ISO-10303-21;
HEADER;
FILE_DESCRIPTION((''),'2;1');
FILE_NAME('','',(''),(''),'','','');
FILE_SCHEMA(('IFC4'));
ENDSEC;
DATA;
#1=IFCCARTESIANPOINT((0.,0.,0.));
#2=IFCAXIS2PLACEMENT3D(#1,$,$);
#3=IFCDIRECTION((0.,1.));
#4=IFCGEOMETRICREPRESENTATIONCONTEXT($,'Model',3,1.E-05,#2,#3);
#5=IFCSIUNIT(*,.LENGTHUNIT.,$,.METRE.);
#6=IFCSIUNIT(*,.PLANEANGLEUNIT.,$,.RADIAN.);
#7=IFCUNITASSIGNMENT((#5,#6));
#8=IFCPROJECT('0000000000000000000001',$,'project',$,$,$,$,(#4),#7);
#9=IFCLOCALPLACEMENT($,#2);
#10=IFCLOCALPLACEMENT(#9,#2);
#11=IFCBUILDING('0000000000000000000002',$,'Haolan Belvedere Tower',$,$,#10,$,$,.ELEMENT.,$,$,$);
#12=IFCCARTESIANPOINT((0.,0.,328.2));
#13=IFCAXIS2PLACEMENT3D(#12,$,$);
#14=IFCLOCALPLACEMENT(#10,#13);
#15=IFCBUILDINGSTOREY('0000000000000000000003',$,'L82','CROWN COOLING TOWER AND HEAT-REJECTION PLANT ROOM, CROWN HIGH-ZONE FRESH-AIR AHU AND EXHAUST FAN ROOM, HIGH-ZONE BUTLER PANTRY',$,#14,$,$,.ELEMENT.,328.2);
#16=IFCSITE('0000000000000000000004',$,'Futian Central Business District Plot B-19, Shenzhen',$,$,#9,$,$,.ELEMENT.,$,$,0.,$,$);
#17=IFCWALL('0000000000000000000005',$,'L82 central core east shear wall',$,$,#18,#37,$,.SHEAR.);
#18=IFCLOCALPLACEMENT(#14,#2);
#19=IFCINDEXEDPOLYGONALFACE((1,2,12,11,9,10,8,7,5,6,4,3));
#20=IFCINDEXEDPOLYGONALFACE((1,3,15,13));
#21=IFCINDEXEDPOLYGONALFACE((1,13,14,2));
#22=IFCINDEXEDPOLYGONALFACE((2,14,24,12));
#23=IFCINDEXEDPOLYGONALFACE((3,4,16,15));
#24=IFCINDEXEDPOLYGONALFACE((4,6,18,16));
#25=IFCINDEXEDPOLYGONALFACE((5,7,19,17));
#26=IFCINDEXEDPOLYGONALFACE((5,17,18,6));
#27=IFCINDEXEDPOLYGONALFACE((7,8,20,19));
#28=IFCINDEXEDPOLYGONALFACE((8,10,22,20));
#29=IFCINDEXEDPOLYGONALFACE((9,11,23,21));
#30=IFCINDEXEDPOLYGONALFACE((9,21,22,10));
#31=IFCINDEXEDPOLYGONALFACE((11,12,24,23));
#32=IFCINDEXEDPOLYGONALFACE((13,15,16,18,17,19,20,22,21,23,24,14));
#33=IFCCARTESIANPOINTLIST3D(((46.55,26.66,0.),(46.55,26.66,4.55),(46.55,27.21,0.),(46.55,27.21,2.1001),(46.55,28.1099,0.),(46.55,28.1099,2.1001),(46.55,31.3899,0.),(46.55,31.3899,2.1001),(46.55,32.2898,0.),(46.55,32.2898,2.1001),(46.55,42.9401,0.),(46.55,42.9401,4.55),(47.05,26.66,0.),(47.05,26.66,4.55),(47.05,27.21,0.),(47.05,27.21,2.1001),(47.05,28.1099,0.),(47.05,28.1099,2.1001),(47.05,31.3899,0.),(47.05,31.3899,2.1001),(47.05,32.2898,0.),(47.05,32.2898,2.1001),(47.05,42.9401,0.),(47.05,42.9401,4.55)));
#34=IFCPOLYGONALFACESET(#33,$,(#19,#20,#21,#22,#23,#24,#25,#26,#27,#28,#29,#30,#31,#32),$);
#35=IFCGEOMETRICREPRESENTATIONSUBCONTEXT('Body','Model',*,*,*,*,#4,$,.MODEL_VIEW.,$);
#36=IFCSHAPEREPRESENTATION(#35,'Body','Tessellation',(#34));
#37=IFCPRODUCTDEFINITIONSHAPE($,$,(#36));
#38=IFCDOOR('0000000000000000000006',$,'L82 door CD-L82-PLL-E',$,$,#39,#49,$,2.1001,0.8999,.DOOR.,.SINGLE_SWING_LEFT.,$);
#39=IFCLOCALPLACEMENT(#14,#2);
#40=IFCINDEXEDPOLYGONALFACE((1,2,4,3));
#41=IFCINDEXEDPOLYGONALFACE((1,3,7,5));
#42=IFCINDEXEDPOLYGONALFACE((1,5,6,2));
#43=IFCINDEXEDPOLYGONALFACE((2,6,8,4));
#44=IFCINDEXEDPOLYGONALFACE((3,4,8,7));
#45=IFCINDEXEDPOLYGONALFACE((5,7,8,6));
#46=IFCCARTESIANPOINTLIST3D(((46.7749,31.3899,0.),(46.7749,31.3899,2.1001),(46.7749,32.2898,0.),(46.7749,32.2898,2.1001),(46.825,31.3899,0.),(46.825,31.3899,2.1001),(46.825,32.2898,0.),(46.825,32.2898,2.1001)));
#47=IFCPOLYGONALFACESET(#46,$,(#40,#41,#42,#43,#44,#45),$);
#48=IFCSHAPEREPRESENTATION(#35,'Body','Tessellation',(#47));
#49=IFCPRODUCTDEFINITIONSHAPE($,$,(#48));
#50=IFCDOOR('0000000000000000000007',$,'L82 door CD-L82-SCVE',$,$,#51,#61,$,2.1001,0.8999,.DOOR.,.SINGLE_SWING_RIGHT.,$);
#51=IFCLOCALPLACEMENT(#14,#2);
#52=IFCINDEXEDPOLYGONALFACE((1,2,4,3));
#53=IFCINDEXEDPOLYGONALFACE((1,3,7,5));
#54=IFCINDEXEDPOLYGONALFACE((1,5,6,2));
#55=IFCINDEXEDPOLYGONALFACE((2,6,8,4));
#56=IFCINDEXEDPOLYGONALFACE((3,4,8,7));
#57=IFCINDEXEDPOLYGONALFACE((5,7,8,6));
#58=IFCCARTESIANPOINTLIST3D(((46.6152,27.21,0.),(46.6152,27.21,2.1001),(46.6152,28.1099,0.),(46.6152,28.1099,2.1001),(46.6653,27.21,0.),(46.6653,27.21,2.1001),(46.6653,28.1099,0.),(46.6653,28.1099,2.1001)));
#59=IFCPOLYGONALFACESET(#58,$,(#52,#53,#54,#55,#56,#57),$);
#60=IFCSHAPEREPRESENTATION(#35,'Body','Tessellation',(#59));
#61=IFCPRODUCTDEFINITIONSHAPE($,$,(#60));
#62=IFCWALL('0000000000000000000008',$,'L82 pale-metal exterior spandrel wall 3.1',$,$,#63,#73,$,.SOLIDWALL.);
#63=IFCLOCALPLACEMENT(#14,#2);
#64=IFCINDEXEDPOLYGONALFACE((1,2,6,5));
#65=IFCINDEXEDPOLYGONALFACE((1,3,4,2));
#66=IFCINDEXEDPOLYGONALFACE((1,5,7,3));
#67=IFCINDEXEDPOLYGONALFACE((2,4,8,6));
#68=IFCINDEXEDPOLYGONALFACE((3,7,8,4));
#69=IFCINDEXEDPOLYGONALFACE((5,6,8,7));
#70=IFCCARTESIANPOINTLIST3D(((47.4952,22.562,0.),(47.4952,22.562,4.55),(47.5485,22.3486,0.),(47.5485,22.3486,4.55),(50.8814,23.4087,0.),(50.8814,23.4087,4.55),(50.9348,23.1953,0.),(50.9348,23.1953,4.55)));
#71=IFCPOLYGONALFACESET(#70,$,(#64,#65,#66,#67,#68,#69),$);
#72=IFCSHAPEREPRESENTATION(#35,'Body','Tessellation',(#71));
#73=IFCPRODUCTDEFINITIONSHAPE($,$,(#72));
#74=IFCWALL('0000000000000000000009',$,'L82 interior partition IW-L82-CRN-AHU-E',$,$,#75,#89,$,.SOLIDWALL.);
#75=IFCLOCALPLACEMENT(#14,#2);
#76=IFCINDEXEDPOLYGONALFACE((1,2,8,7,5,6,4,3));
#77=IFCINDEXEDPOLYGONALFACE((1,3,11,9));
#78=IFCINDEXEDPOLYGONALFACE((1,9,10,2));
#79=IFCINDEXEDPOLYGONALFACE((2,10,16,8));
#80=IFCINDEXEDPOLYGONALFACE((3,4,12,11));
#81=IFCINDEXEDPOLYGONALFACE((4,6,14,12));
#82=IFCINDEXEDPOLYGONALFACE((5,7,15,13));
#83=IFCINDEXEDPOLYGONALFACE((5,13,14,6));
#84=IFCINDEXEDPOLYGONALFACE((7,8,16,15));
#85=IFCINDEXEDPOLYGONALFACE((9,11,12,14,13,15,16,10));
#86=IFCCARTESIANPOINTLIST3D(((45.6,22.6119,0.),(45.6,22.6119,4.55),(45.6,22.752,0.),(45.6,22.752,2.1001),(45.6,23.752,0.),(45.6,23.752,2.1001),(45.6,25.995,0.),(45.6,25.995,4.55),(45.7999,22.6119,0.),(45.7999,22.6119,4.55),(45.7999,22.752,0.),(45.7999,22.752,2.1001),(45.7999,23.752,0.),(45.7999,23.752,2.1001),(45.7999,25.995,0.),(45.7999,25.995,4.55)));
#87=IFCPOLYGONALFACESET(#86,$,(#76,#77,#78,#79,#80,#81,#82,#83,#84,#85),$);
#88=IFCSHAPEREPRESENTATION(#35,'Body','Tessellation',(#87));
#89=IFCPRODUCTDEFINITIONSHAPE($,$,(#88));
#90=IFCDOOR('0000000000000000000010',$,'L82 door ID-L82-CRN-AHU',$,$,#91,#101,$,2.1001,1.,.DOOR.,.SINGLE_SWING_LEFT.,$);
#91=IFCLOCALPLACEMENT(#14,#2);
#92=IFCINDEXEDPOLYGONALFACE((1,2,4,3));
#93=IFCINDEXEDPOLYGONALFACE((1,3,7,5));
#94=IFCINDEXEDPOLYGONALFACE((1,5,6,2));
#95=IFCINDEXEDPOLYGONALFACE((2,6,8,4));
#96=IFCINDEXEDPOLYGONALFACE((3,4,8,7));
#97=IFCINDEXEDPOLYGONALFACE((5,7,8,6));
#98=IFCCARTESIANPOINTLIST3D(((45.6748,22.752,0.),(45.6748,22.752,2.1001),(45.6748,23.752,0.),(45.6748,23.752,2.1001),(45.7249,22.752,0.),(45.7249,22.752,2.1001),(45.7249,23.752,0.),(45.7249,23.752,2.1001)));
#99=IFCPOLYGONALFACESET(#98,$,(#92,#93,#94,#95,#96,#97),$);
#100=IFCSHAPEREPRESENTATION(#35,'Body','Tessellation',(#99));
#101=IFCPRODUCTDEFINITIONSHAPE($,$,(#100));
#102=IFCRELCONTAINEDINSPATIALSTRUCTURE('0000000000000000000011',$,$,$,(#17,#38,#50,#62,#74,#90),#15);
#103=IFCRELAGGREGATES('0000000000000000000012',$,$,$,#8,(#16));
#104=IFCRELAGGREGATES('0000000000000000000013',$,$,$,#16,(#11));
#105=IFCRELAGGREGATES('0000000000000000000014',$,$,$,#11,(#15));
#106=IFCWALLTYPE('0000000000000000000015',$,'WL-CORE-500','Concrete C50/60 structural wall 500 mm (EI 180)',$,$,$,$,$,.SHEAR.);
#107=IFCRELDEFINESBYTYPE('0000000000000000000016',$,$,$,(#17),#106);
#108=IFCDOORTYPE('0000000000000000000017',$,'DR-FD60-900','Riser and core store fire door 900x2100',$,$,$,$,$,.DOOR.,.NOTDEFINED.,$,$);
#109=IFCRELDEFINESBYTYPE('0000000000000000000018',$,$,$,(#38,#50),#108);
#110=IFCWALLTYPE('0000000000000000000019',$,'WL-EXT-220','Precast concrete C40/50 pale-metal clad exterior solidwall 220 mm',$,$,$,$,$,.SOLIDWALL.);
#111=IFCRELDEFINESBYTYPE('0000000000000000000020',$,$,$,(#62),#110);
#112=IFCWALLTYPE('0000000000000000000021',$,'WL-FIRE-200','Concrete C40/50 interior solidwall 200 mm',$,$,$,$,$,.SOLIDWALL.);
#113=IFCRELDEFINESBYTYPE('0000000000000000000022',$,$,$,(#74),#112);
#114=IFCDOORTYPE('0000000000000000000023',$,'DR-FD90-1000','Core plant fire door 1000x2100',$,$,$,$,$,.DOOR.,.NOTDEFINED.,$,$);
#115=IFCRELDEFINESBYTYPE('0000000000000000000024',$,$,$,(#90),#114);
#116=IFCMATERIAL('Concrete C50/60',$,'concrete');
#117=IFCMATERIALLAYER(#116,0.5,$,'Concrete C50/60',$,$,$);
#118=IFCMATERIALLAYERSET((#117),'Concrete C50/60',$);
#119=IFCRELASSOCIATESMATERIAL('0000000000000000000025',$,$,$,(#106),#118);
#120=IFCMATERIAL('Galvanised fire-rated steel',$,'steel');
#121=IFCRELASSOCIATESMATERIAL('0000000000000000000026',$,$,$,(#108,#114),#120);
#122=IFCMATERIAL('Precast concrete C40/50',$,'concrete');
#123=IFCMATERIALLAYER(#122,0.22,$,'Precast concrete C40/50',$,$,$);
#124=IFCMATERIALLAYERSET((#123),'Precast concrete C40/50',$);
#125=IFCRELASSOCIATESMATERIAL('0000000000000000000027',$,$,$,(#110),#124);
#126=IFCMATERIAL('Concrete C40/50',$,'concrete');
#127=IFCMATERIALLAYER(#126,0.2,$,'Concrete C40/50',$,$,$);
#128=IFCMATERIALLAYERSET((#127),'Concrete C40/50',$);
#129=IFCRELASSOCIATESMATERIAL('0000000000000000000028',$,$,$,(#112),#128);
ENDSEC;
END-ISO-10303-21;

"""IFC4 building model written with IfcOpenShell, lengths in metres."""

from ifc_helpers import new_model, si_unit, direction, frame, frame_2d, origin, place, context, subcontext, project, spatial, rectangle, extrude, material, layer, layer_set, type_object, element, fill, save


model = new_model("IFC4")

# Units and contexts
model_context = context("Model", 3, precision=1e-05, world=origin(), true_north=direction((0.0, 1.0)))
body_context = subcontext(model_context, "Body", "Model", "MODEL_VIEW")
ifc_project = project(units=[si_unit("LENGTHUNIT", "METRE"), si_unit("PLANEANGLEUNIT", "RADIAN")], contexts=[model_context])

# Site, building, storey
site_placement = place(None, origin())
site = spatial("IfcSite", under=ifc_project, at=site_placement, Name="Futian Central Business District Plot B-19, Shenzhen", CompositionType="ELEMENT", RefElevation=0.0)
building_placement = place(site_placement, origin())
building = spatial("IfcBuilding", under=site, at=building_placement, Name="Haolan Belvedere Tower", CompositionType="ELEMENT")
storey_placement = place(building_placement, frame((0.0, 0.0, 328.2)))
storey = spatial("IfcBuildingStorey", under=building, at=storey_placement, Name="L82", Description="CROWN COOLING TOWER AND HEAT-REJECTION PLANT ROOM, CROWN HIGH-ZONE FRESH-AIR AHU AND EXHAUST FAN ROOM, HIGH-ZONE BUTLER PANTRY", CompositionType="ELEMENT", Elevation=328.2)

# Wall, openings, doors
ifc_material_1 = material(Name="Concrete C50/60", Category="concrete")
ifc_layer_1 = layer(ifc_material_1, 0.5, Name="Concrete C50/60")
ifc_layer_set_1 = layer_set([ifc_layer_1], Name="Concrete C50/60")
wall_type_1 = type_object("IfcWallType", Name="WL-CORE-500", Description="Concrete C50/60 structural wall 500 mm (EI 180)", PredefinedType="SHEAR", material=ifc_layer_set_1)
wall_1_placement = place(storey_placement, frame((46.8, 26.6599, 0.0), z_axis=(0.0, 0.0, 1.0), x_axis=(0.0, 1.0, 0.0)))
wall_1 = element("IfcWall", 1, at=wall_1_placement, inside=storey, type_object=wall_type_1, Name="L82 central core east shear wall", PredefinedType="SHEAR", context=body_context, shape_type="SweptSolid", body=[
    extrude(rectangle(XDim=16.28, YDim=0.5, at=frame_2d((8.1401, 0.0))), origin(), (0.0, 0.0, 1.0), 4.55),
])
opening_1_placement = place(wall_1_placement, frame((5.6299, 0.0, 0.0), z_axis=(0.0, 0.0, 1.0), x_axis=(-1.0, 0.0, 0.0)))
opening_1 = element("IfcOpeningElement", 2, at=opening_1_placement, cuts=wall_1, PredefinedType="OPENING", context=body_context, shape_type="SweptSolid", body=[
    extrude(rectangle(XDim=0.8999, YDim=2.1001, at=frame_2d((0.45, 1.05))), frame((0.0, 0.26, 0.0), z_axis=(0.0, -1.0, 0.0), x_axis=(1.0, 0.0, 0.0)), (0.0, 0.0, 1.0), 0.52),
])
opening_2_placement = place(wall_1_placement, frame((1.45, 0.0, 0.0), z_axis=(0.0, 0.0, 1.0), x_axis=(-1.0, 0.0, 0.0)))
opening_2 = element("IfcOpeningElement", 3, at=opening_2_placement, cuts=wall_1, PredefinedType="OPENING", context=body_context, shape_type="SweptSolid", body=[
    extrude(rectangle(XDim=0.8999, YDim=2.1001, at=frame_2d((0.45, 1.05))), frame((0.0, 0.26, 0.0), z_axis=(0.0, -1.0, 0.0), x_axis=(1.0, 0.0, 0.0)), (0.0, 0.0, 1.0), 0.52),
])
ifc_material_2 = material(Name="Galvanised fire-rated steel", Category="steel")
door_type_1 = type_object("IfcDoorType", Name="DR-FD60-900", Description="Riser and core store fire door 900x2100", OperationType="NOTDEFINED", PredefinedType="DOOR", material=ifc_material_2)
door_1_placement = place(opening_1_placement, origin())
door_1 = element("IfcDoor", 4, at=door_1_placement, inside=storey, type_object=door_type_1, Name="L82 door CD-L82-PLL-E", OperationType="SINGLE_SWING_LEFT", OverallHeight=2.1001, OverallWidth=0.8999, PredefinedType="DOOR", context=body_context, shape_type="SweptSolid", body=[
    extrude(rectangle(XDim=0.8999, YDim=2.1001, at=frame_2d((0.45, 1.05))), frame((0.0, 0.0249, 0.0), z_axis=(0.0, -1.0, 0.0), x_axis=(1.0, 0.0, 0.0)), (0.0, 0.0, 1.0), 0.05),
])
fill(opening_1, door_1)
door_2_placement = place(opening_2_placement, origin())
door_2 = element("IfcDoor", 5, at=door_2_placement, inside=storey, type_object=door_type_1, Name="L82 door CD-L82-SCVE", OperationType="SINGLE_SWING_RIGHT", OverallHeight=2.1001, OverallWidth=0.8999, PredefinedType="DOOR", context=body_context, shape_type="SweptSolid", body=[
    extrude(rectangle(XDim=0.8999, YDim=2.1001, at=frame_2d((0.45, 1.05))), frame((0.0, -0.1348, 0.0), z_axis=(0.0, -1.0, 0.0), x_axis=(1.0, 0.0, 0.0)), (0.0, 0.0, 1.0), 0.05),
])
fill(opening_2, door_2)

# Wall
ifc_material_3 = material(Name="Precast concrete C40/50", Category="concrete")
ifc_layer_2 = layer(ifc_material_3, 0.22, Name="Precast concrete C40/50")
ifc_layer_set_2 = layer_set([ifc_layer_2], Name="Precast concrete C40/50")
wall_type_2 = type_object("IfcWallType", Name="WL-EXT-220", Description="Precast concrete C40/50 pale-metal clad exterior solidwall 220 mm", PredefinedType="SOLIDWALL", material=ifc_layer_set_2)
wall_2_placement = place(storey_placement, frame((47.522, 22.4553, 0.0), z_axis=(0.0, 0.0, 1.0), x_axis=(0.970134, 0.242569, 0.0)))
element("IfcWall", 6, at=wall_2_placement, inside=storey, type_object=wall_type_2, Name="L82 pale-metal exterior spandrel wall 3.1", PredefinedType="SOLIDWALL", context=body_context, shape_type="SweptSolid", body=[
    extrude(rectangle(XDim=3.4905, YDim=0.22, at=frame_2d((1.7451, 0.0))), origin(), (0.0, 0.0, 1.0), 4.55),
])

# Wall, opening, door
ifc_material_4 = material(Name="Concrete C40/50", Category="concrete")
ifc_layer_3 = layer(ifc_material_4, 0.2, Name="Concrete C40/50")
ifc_layer_set_3 = layer_set([ifc_layer_3], Name="Concrete C40/50")
wall_type_3 = type_object("IfcWallType", Name="WL-FIRE-200", Description="Concrete C40/50 interior solidwall 200 mm", PredefinedType="SOLIDWALL", material=ifc_layer_set_3)
wall_3_placement = place(storey_placement, frame((45.7, 22.6121, 0.0), z_axis=(0.0, 0.0, 1.0), x_axis=(0.0, 1.0, 0.0)))
wall_3 = element("IfcWall", 7, at=wall_3_placement, inside=storey, type_object=wall_type_3, Name="L82 interior partition IW-L82-CRN-AHU-E", PredefinedType="SOLIDWALL", context=body_context, shape_type="SweptSolid", body=[
    extrude(rectangle(XDim=3.3831, YDim=0.2, at=frame_2d((1.6914, 0.0))), origin(), (0.0, 0.0, 1.0), 4.55),
])
opening_3_placement = place(wall_3_placement, frame((1.1399, 0.0, 0.0), z_axis=(0.0, 0.0, 1.0), x_axis=(-1.0, 0.0, 0.0)))
opening_3 = element("IfcOpeningElement", 8, at=opening_3_placement, cuts=wall_3, PredefinedType="OPENING", context=body_context, shape_type="SweptSolid", body=[
    extrude(rectangle(XDim=1.0, YDim=2.1001, at=frame_2d((0.5, 1.05))), frame((0.0, 0.1099, 0.0), z_axis=(0.0, -1.0, 0.0), x_axis=(1.0, 0.0, 0.0)), (0.0, 0.0, 1.0), 0.22),
])
door_type_2 = type_object("IfcDoorType", Name="DR-FD90-1000", Description="Core plant fire door 1000x2100", OperationType="NOTDEFINED", PredefinedType="DOOR", material=ifc_material_2)
door_3_placement = place(opening_3_placement, origin())
door_3 = element("IfcDoor", 9, at=door_3_placement, inside=storey, type_object=door_type_2, Name="L82 door ID-L82-CRN-AHU", OperationType="SINGLE_SWING_LEFT", OverallHeight=2.1001, OverallWidth=1.0, PredefinedType="DOOR", context=body_context, shape_type="SweptSolid", body=[
    extrude(rectangle(XDim=1.0, YDim=2.1001, at=frame_2d((0.5, 1.05))), frame((0.0, 0.0249, 0.0), z_axis=(0.0, -1.0, 0.0), x_axis=(1.0, 0.0, 0.0)), (0.0, 0.0, 1.0), 0.05),
])
fill(opening_3, door_3)

save(model, "model.ifc")
